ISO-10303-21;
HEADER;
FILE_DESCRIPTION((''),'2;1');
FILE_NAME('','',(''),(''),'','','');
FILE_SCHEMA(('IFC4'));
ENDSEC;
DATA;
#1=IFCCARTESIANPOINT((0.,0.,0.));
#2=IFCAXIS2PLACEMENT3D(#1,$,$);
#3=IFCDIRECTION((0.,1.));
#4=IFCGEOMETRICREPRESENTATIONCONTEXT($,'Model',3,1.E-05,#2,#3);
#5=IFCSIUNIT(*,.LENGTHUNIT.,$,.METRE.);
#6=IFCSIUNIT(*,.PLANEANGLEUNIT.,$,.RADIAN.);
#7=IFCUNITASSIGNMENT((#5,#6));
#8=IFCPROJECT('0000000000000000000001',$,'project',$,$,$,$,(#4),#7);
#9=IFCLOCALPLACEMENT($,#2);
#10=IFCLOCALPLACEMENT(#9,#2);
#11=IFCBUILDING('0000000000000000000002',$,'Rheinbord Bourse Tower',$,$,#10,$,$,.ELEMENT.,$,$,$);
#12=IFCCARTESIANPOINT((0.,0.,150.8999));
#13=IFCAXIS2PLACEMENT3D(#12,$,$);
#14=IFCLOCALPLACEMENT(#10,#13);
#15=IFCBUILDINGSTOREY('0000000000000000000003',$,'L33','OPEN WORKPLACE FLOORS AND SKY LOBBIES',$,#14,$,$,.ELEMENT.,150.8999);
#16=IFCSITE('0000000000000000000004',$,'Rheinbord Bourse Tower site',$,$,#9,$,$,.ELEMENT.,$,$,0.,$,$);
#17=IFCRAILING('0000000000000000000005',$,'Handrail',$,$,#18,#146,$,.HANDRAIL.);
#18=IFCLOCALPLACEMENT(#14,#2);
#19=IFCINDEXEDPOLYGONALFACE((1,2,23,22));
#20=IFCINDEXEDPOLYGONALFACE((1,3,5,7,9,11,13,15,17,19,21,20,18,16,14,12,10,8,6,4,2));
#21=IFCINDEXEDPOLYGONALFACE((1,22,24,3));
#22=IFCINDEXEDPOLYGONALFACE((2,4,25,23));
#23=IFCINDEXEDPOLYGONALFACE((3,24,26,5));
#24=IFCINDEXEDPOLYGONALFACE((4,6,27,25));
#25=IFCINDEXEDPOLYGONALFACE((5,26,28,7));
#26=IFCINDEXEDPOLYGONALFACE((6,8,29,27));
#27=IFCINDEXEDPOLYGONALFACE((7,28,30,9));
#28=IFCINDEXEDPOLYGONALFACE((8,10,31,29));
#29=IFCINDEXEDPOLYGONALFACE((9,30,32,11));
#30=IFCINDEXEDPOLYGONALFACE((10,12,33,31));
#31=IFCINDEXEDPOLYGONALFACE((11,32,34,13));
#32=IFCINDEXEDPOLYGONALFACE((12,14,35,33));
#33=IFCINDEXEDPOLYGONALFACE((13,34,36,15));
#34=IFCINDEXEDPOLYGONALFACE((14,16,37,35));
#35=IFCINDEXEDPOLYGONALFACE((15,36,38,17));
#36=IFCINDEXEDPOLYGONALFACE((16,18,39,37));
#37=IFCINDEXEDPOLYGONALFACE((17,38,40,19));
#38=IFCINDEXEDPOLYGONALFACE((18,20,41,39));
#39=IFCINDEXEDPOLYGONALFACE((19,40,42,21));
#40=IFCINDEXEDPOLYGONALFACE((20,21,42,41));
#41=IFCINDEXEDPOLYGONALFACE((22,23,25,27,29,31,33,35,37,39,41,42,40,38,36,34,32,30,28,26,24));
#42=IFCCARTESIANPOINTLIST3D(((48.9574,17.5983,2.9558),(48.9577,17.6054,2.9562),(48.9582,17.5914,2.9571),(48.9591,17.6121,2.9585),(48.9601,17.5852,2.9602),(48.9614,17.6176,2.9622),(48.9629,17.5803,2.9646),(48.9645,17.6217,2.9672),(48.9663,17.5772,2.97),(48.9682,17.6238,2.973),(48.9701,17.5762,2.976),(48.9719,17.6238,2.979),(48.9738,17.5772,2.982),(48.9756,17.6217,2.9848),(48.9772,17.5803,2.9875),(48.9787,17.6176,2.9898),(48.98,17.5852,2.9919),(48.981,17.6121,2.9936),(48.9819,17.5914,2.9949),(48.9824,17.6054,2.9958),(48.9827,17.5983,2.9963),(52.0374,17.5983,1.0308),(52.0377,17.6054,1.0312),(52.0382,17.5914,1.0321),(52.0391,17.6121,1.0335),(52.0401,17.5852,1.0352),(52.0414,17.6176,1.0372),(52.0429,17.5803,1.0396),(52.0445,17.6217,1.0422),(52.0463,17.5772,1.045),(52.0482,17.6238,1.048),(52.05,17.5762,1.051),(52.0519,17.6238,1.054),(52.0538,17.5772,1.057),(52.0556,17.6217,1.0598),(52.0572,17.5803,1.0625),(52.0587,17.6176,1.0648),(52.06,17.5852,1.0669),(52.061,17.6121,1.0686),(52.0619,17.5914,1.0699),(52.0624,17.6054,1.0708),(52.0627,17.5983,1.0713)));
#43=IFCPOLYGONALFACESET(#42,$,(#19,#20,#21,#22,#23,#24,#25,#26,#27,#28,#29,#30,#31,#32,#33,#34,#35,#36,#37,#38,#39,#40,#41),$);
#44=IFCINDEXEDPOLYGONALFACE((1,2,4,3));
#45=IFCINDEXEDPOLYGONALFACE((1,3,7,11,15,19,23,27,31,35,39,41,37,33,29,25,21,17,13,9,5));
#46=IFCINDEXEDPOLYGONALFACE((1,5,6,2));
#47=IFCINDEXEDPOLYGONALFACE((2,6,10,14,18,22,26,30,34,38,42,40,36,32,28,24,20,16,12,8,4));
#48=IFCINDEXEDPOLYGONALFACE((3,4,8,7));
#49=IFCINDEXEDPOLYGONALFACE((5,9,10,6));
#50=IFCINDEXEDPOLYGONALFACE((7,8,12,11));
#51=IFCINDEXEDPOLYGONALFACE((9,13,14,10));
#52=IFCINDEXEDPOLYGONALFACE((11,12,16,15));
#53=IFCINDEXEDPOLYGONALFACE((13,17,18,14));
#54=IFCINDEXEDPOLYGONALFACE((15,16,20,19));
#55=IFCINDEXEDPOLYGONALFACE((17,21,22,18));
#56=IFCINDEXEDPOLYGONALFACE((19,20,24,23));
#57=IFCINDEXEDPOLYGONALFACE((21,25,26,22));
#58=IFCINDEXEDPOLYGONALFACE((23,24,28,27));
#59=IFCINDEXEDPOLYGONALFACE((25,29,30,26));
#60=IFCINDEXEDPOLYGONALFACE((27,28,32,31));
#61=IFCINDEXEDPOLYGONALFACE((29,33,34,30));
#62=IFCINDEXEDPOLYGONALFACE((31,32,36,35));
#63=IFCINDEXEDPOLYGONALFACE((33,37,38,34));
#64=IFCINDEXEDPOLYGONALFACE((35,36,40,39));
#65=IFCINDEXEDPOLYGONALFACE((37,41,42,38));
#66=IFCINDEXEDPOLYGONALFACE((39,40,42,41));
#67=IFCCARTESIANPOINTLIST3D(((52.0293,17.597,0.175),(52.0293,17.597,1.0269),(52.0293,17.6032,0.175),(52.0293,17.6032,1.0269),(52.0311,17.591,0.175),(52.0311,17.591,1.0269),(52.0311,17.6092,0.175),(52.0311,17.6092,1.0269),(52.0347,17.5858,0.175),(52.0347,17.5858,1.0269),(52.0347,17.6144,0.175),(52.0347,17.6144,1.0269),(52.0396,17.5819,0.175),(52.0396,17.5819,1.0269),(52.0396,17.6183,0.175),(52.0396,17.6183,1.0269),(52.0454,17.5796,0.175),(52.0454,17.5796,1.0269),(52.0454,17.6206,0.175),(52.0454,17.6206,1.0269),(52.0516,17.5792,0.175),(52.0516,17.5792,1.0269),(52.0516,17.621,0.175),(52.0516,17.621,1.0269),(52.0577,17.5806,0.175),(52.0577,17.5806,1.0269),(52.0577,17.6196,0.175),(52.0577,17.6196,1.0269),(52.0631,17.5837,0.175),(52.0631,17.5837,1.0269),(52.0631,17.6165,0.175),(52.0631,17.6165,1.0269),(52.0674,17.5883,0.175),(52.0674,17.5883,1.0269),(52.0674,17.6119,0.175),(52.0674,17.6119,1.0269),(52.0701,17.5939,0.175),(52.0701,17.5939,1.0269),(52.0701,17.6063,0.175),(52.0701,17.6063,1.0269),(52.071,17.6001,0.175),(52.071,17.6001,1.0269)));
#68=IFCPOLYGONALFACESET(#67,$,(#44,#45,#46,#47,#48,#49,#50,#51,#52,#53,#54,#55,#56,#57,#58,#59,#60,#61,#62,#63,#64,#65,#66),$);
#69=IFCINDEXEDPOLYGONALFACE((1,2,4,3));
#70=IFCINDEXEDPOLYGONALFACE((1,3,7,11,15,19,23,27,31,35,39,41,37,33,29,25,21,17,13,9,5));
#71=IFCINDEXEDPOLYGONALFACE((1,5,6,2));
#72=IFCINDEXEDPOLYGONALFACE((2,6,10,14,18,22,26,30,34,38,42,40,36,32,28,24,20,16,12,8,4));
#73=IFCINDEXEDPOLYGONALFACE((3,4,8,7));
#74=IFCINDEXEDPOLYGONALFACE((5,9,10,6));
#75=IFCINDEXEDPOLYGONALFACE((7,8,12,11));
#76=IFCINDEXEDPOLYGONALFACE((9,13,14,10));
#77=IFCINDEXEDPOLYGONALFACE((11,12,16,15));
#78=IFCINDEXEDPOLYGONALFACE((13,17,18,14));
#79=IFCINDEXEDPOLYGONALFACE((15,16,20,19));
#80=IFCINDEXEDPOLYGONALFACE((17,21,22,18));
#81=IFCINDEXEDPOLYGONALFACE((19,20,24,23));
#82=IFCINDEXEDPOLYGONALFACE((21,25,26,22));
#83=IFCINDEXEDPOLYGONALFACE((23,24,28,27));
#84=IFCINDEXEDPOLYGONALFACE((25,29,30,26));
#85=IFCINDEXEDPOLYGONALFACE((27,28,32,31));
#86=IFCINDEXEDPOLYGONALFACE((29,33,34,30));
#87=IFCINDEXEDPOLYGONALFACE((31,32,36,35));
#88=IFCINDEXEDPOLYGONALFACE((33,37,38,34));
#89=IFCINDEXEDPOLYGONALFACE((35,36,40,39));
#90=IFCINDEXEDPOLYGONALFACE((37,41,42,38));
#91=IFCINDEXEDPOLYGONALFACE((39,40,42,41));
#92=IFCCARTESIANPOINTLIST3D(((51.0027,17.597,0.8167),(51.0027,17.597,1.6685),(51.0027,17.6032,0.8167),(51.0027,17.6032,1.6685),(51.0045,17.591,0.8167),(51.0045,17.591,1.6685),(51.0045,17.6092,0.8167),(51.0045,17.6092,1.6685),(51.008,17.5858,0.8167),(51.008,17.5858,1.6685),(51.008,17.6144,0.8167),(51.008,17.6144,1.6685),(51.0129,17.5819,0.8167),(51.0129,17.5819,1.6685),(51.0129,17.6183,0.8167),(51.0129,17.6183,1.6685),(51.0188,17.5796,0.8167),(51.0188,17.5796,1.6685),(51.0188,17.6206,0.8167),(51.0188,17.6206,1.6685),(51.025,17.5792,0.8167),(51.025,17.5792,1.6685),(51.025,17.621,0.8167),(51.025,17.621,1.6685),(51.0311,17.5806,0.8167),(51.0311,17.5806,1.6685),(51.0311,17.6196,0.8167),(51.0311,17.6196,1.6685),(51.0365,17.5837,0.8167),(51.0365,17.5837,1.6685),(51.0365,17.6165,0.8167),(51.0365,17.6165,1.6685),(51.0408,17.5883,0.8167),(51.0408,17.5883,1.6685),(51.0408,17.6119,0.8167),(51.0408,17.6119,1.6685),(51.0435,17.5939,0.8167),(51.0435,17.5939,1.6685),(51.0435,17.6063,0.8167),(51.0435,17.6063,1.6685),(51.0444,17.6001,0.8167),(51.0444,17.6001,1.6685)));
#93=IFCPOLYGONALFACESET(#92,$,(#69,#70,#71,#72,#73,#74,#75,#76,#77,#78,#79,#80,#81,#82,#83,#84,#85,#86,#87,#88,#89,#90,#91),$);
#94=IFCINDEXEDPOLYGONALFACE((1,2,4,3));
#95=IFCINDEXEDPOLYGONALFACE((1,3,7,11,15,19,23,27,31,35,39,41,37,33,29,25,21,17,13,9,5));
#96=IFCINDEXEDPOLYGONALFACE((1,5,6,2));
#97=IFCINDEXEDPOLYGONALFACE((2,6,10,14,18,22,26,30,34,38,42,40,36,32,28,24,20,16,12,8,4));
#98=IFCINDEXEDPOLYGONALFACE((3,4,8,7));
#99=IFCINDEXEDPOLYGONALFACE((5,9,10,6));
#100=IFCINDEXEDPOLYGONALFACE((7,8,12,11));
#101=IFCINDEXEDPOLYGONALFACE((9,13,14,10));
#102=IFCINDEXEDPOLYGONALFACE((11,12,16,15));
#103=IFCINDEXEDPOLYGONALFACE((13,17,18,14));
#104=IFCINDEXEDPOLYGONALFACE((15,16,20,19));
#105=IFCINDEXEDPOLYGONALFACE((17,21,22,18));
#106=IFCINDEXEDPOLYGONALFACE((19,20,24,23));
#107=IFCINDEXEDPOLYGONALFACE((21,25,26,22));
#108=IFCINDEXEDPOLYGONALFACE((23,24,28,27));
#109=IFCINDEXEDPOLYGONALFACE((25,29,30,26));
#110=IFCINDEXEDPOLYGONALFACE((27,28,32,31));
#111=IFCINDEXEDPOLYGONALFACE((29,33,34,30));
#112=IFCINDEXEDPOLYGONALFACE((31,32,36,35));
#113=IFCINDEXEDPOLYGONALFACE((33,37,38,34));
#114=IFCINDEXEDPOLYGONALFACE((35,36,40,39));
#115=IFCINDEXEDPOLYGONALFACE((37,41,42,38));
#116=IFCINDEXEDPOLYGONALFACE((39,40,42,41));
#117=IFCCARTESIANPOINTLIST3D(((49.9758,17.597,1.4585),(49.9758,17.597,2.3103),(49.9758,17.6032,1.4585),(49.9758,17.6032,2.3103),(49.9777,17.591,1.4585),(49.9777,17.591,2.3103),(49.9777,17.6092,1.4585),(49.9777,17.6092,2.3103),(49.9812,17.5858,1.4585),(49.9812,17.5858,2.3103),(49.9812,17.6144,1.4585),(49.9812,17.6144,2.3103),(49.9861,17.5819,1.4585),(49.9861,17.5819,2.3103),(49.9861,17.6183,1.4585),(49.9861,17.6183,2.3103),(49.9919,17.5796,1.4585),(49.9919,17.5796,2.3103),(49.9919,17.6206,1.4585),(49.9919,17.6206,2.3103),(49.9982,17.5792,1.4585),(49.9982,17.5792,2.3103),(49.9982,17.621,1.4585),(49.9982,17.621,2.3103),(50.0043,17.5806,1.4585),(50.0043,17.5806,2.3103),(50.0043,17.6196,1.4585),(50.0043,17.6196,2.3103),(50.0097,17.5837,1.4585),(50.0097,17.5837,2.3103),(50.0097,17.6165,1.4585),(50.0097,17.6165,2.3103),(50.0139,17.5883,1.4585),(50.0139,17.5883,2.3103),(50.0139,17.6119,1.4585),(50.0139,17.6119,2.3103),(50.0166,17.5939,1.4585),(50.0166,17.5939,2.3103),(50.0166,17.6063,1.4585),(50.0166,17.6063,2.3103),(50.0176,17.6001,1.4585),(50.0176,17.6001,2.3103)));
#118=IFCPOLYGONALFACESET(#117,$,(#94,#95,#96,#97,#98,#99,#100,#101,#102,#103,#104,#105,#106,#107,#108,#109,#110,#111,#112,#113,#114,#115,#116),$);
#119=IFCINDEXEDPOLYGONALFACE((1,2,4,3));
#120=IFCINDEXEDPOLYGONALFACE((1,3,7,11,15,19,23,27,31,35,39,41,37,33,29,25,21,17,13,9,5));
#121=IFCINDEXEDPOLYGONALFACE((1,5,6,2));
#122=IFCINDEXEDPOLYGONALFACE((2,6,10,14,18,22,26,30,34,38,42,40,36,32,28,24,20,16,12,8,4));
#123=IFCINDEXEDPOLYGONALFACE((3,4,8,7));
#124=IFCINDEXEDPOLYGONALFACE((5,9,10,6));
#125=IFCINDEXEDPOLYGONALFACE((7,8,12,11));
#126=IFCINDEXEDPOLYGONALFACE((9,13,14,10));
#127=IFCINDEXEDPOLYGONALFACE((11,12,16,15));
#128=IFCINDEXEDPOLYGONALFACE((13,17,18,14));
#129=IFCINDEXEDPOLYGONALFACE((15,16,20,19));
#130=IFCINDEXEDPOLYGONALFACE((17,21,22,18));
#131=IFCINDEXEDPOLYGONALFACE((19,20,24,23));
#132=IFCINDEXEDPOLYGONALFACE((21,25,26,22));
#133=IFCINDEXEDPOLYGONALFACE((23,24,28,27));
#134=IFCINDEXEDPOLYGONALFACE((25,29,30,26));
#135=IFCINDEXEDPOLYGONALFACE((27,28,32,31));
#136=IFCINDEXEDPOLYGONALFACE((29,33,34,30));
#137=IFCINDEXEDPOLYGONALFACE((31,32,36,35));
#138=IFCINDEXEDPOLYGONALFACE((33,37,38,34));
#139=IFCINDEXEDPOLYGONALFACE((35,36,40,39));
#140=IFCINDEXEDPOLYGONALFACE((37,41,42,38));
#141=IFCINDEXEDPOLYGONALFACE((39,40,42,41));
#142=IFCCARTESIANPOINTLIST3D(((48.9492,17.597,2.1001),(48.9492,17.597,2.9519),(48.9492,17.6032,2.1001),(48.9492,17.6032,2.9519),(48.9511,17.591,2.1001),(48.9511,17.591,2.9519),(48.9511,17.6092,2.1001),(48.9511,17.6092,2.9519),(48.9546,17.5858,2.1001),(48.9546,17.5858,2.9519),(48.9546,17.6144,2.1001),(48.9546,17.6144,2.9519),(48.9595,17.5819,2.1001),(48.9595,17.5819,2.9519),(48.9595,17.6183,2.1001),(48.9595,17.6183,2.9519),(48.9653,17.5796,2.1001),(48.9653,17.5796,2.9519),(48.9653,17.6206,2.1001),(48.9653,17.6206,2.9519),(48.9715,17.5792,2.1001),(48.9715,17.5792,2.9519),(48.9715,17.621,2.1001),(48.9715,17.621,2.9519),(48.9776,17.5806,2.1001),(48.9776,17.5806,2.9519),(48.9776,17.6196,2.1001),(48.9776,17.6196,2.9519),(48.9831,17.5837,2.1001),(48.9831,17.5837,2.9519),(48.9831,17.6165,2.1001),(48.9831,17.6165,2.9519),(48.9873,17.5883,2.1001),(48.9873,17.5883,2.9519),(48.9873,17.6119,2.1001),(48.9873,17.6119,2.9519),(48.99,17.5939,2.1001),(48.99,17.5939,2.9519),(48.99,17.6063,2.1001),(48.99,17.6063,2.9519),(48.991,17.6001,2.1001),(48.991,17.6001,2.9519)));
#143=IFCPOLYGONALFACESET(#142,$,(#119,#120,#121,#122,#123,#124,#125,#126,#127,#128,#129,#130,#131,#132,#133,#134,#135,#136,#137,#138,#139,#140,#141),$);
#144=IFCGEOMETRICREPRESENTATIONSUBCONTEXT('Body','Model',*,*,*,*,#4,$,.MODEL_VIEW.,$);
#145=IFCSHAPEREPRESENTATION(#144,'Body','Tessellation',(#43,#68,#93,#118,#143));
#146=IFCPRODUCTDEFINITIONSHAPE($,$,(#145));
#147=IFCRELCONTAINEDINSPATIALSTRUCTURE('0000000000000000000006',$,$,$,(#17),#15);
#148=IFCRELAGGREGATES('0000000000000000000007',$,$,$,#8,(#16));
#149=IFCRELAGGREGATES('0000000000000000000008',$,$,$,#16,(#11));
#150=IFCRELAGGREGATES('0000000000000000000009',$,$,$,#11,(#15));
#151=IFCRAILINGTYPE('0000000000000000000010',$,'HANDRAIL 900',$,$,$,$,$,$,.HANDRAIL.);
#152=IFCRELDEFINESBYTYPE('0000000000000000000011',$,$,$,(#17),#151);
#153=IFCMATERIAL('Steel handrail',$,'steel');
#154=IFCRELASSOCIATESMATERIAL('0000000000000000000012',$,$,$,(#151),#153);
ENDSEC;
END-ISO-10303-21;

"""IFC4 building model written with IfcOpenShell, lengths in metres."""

from ifc_helpers import new_model, si_unit, direction, frame, origin, origin_2d, place, context, subcontext, project, spatial, circle, extrude, material, type_object, element, save


model = new_model("IFC4")

# Units and contexts
model_context = context("Model", 3, precision=1e-05, world=origin(), true_north=direction((0.0, 1.0)))
body_context = subcontext(model_context, "Body", "Model", "MODEL_VIEW")
ifc_project = project(units=[si_unit("LENGTHUNIT", "METRE"), si_unit("PLANEANGLEUNIT", "RADIAN")], contexts=[model_context])

# Site, building, storey
site_placement = place(None, origin())
site = spatial("IfcSite", under=ifc_project, at=site_placement, Name="Rheinbord Bourse Tower site", CompositionType="ELEMENT", RefElevation=0.0)
building_placement = place(site_placement, origin())
building = spatial("IfcBuilding", under=site, at=building_placement, Name="Rheinbord Bourse Tower", CompositionType="ELEMENT")
storey_placement = place(building_placement, frame((0.0, 0.0, 150.8999)))
storey = spatial("IfcBuildingStorey", under=building, at=storey_placement, Name="L33", Description="OPEN WORKPLACE FLOORS AND SKY LOBBIES", CompositionType="ELEMENT", Elevation=150.8999)

# Railing
ifc_material_1 = material(Name="Steel handrail", Category="steel")
railing_type = type_object("IfcRailingType", Name="HANDRAIL 900", PredefinedType="HANDRAIL", material=ifc_material_1)
railing_1_placement = place(storey_placement, frame((52.05, 17.6001, 0.175)))
element("IfcRailing", 1, at=railing_1_placement, inside=storey, type_object=railing_type, Name="Handrail", PredefinedType="HANDRAIL", context=body_context, shape_type="SweptSolid", body=[
    extrude(circle(Radius=0.0239, at=origin_2d()), frame((0.0, 0.0, 0.876), z_axis=(-0.847998, 0.0, 0.529999), x_axis=(0.0, -1.0, 0.0)), (0.0, 0.0, 1.0), 3.6321),
    extrude(circle(Radius=0.021, at=origin_2d()), origin(), (0.0, 0.0, 1.0), 0.8518),
    extrude(circle(Radius=0.021, at=origin_2d()), frame((-1.0266, 0.0, 0.6416)), (0.0, 0.0, 1.0), 0.8518),
    extrude(circle(Radius=0.021, at=origin_2d()), frame((-2.0535, 0.0, 1.2834)), (0.0, 0.0, 1.0), 0.8518),
    extrude(circle(Radius=0.021, at=origin_2d()), frame((-3.0801, 0.0, 1.925)), (0.0, 0.0, 1.0), 0.8518),
])

save(model, "model.ifc")
